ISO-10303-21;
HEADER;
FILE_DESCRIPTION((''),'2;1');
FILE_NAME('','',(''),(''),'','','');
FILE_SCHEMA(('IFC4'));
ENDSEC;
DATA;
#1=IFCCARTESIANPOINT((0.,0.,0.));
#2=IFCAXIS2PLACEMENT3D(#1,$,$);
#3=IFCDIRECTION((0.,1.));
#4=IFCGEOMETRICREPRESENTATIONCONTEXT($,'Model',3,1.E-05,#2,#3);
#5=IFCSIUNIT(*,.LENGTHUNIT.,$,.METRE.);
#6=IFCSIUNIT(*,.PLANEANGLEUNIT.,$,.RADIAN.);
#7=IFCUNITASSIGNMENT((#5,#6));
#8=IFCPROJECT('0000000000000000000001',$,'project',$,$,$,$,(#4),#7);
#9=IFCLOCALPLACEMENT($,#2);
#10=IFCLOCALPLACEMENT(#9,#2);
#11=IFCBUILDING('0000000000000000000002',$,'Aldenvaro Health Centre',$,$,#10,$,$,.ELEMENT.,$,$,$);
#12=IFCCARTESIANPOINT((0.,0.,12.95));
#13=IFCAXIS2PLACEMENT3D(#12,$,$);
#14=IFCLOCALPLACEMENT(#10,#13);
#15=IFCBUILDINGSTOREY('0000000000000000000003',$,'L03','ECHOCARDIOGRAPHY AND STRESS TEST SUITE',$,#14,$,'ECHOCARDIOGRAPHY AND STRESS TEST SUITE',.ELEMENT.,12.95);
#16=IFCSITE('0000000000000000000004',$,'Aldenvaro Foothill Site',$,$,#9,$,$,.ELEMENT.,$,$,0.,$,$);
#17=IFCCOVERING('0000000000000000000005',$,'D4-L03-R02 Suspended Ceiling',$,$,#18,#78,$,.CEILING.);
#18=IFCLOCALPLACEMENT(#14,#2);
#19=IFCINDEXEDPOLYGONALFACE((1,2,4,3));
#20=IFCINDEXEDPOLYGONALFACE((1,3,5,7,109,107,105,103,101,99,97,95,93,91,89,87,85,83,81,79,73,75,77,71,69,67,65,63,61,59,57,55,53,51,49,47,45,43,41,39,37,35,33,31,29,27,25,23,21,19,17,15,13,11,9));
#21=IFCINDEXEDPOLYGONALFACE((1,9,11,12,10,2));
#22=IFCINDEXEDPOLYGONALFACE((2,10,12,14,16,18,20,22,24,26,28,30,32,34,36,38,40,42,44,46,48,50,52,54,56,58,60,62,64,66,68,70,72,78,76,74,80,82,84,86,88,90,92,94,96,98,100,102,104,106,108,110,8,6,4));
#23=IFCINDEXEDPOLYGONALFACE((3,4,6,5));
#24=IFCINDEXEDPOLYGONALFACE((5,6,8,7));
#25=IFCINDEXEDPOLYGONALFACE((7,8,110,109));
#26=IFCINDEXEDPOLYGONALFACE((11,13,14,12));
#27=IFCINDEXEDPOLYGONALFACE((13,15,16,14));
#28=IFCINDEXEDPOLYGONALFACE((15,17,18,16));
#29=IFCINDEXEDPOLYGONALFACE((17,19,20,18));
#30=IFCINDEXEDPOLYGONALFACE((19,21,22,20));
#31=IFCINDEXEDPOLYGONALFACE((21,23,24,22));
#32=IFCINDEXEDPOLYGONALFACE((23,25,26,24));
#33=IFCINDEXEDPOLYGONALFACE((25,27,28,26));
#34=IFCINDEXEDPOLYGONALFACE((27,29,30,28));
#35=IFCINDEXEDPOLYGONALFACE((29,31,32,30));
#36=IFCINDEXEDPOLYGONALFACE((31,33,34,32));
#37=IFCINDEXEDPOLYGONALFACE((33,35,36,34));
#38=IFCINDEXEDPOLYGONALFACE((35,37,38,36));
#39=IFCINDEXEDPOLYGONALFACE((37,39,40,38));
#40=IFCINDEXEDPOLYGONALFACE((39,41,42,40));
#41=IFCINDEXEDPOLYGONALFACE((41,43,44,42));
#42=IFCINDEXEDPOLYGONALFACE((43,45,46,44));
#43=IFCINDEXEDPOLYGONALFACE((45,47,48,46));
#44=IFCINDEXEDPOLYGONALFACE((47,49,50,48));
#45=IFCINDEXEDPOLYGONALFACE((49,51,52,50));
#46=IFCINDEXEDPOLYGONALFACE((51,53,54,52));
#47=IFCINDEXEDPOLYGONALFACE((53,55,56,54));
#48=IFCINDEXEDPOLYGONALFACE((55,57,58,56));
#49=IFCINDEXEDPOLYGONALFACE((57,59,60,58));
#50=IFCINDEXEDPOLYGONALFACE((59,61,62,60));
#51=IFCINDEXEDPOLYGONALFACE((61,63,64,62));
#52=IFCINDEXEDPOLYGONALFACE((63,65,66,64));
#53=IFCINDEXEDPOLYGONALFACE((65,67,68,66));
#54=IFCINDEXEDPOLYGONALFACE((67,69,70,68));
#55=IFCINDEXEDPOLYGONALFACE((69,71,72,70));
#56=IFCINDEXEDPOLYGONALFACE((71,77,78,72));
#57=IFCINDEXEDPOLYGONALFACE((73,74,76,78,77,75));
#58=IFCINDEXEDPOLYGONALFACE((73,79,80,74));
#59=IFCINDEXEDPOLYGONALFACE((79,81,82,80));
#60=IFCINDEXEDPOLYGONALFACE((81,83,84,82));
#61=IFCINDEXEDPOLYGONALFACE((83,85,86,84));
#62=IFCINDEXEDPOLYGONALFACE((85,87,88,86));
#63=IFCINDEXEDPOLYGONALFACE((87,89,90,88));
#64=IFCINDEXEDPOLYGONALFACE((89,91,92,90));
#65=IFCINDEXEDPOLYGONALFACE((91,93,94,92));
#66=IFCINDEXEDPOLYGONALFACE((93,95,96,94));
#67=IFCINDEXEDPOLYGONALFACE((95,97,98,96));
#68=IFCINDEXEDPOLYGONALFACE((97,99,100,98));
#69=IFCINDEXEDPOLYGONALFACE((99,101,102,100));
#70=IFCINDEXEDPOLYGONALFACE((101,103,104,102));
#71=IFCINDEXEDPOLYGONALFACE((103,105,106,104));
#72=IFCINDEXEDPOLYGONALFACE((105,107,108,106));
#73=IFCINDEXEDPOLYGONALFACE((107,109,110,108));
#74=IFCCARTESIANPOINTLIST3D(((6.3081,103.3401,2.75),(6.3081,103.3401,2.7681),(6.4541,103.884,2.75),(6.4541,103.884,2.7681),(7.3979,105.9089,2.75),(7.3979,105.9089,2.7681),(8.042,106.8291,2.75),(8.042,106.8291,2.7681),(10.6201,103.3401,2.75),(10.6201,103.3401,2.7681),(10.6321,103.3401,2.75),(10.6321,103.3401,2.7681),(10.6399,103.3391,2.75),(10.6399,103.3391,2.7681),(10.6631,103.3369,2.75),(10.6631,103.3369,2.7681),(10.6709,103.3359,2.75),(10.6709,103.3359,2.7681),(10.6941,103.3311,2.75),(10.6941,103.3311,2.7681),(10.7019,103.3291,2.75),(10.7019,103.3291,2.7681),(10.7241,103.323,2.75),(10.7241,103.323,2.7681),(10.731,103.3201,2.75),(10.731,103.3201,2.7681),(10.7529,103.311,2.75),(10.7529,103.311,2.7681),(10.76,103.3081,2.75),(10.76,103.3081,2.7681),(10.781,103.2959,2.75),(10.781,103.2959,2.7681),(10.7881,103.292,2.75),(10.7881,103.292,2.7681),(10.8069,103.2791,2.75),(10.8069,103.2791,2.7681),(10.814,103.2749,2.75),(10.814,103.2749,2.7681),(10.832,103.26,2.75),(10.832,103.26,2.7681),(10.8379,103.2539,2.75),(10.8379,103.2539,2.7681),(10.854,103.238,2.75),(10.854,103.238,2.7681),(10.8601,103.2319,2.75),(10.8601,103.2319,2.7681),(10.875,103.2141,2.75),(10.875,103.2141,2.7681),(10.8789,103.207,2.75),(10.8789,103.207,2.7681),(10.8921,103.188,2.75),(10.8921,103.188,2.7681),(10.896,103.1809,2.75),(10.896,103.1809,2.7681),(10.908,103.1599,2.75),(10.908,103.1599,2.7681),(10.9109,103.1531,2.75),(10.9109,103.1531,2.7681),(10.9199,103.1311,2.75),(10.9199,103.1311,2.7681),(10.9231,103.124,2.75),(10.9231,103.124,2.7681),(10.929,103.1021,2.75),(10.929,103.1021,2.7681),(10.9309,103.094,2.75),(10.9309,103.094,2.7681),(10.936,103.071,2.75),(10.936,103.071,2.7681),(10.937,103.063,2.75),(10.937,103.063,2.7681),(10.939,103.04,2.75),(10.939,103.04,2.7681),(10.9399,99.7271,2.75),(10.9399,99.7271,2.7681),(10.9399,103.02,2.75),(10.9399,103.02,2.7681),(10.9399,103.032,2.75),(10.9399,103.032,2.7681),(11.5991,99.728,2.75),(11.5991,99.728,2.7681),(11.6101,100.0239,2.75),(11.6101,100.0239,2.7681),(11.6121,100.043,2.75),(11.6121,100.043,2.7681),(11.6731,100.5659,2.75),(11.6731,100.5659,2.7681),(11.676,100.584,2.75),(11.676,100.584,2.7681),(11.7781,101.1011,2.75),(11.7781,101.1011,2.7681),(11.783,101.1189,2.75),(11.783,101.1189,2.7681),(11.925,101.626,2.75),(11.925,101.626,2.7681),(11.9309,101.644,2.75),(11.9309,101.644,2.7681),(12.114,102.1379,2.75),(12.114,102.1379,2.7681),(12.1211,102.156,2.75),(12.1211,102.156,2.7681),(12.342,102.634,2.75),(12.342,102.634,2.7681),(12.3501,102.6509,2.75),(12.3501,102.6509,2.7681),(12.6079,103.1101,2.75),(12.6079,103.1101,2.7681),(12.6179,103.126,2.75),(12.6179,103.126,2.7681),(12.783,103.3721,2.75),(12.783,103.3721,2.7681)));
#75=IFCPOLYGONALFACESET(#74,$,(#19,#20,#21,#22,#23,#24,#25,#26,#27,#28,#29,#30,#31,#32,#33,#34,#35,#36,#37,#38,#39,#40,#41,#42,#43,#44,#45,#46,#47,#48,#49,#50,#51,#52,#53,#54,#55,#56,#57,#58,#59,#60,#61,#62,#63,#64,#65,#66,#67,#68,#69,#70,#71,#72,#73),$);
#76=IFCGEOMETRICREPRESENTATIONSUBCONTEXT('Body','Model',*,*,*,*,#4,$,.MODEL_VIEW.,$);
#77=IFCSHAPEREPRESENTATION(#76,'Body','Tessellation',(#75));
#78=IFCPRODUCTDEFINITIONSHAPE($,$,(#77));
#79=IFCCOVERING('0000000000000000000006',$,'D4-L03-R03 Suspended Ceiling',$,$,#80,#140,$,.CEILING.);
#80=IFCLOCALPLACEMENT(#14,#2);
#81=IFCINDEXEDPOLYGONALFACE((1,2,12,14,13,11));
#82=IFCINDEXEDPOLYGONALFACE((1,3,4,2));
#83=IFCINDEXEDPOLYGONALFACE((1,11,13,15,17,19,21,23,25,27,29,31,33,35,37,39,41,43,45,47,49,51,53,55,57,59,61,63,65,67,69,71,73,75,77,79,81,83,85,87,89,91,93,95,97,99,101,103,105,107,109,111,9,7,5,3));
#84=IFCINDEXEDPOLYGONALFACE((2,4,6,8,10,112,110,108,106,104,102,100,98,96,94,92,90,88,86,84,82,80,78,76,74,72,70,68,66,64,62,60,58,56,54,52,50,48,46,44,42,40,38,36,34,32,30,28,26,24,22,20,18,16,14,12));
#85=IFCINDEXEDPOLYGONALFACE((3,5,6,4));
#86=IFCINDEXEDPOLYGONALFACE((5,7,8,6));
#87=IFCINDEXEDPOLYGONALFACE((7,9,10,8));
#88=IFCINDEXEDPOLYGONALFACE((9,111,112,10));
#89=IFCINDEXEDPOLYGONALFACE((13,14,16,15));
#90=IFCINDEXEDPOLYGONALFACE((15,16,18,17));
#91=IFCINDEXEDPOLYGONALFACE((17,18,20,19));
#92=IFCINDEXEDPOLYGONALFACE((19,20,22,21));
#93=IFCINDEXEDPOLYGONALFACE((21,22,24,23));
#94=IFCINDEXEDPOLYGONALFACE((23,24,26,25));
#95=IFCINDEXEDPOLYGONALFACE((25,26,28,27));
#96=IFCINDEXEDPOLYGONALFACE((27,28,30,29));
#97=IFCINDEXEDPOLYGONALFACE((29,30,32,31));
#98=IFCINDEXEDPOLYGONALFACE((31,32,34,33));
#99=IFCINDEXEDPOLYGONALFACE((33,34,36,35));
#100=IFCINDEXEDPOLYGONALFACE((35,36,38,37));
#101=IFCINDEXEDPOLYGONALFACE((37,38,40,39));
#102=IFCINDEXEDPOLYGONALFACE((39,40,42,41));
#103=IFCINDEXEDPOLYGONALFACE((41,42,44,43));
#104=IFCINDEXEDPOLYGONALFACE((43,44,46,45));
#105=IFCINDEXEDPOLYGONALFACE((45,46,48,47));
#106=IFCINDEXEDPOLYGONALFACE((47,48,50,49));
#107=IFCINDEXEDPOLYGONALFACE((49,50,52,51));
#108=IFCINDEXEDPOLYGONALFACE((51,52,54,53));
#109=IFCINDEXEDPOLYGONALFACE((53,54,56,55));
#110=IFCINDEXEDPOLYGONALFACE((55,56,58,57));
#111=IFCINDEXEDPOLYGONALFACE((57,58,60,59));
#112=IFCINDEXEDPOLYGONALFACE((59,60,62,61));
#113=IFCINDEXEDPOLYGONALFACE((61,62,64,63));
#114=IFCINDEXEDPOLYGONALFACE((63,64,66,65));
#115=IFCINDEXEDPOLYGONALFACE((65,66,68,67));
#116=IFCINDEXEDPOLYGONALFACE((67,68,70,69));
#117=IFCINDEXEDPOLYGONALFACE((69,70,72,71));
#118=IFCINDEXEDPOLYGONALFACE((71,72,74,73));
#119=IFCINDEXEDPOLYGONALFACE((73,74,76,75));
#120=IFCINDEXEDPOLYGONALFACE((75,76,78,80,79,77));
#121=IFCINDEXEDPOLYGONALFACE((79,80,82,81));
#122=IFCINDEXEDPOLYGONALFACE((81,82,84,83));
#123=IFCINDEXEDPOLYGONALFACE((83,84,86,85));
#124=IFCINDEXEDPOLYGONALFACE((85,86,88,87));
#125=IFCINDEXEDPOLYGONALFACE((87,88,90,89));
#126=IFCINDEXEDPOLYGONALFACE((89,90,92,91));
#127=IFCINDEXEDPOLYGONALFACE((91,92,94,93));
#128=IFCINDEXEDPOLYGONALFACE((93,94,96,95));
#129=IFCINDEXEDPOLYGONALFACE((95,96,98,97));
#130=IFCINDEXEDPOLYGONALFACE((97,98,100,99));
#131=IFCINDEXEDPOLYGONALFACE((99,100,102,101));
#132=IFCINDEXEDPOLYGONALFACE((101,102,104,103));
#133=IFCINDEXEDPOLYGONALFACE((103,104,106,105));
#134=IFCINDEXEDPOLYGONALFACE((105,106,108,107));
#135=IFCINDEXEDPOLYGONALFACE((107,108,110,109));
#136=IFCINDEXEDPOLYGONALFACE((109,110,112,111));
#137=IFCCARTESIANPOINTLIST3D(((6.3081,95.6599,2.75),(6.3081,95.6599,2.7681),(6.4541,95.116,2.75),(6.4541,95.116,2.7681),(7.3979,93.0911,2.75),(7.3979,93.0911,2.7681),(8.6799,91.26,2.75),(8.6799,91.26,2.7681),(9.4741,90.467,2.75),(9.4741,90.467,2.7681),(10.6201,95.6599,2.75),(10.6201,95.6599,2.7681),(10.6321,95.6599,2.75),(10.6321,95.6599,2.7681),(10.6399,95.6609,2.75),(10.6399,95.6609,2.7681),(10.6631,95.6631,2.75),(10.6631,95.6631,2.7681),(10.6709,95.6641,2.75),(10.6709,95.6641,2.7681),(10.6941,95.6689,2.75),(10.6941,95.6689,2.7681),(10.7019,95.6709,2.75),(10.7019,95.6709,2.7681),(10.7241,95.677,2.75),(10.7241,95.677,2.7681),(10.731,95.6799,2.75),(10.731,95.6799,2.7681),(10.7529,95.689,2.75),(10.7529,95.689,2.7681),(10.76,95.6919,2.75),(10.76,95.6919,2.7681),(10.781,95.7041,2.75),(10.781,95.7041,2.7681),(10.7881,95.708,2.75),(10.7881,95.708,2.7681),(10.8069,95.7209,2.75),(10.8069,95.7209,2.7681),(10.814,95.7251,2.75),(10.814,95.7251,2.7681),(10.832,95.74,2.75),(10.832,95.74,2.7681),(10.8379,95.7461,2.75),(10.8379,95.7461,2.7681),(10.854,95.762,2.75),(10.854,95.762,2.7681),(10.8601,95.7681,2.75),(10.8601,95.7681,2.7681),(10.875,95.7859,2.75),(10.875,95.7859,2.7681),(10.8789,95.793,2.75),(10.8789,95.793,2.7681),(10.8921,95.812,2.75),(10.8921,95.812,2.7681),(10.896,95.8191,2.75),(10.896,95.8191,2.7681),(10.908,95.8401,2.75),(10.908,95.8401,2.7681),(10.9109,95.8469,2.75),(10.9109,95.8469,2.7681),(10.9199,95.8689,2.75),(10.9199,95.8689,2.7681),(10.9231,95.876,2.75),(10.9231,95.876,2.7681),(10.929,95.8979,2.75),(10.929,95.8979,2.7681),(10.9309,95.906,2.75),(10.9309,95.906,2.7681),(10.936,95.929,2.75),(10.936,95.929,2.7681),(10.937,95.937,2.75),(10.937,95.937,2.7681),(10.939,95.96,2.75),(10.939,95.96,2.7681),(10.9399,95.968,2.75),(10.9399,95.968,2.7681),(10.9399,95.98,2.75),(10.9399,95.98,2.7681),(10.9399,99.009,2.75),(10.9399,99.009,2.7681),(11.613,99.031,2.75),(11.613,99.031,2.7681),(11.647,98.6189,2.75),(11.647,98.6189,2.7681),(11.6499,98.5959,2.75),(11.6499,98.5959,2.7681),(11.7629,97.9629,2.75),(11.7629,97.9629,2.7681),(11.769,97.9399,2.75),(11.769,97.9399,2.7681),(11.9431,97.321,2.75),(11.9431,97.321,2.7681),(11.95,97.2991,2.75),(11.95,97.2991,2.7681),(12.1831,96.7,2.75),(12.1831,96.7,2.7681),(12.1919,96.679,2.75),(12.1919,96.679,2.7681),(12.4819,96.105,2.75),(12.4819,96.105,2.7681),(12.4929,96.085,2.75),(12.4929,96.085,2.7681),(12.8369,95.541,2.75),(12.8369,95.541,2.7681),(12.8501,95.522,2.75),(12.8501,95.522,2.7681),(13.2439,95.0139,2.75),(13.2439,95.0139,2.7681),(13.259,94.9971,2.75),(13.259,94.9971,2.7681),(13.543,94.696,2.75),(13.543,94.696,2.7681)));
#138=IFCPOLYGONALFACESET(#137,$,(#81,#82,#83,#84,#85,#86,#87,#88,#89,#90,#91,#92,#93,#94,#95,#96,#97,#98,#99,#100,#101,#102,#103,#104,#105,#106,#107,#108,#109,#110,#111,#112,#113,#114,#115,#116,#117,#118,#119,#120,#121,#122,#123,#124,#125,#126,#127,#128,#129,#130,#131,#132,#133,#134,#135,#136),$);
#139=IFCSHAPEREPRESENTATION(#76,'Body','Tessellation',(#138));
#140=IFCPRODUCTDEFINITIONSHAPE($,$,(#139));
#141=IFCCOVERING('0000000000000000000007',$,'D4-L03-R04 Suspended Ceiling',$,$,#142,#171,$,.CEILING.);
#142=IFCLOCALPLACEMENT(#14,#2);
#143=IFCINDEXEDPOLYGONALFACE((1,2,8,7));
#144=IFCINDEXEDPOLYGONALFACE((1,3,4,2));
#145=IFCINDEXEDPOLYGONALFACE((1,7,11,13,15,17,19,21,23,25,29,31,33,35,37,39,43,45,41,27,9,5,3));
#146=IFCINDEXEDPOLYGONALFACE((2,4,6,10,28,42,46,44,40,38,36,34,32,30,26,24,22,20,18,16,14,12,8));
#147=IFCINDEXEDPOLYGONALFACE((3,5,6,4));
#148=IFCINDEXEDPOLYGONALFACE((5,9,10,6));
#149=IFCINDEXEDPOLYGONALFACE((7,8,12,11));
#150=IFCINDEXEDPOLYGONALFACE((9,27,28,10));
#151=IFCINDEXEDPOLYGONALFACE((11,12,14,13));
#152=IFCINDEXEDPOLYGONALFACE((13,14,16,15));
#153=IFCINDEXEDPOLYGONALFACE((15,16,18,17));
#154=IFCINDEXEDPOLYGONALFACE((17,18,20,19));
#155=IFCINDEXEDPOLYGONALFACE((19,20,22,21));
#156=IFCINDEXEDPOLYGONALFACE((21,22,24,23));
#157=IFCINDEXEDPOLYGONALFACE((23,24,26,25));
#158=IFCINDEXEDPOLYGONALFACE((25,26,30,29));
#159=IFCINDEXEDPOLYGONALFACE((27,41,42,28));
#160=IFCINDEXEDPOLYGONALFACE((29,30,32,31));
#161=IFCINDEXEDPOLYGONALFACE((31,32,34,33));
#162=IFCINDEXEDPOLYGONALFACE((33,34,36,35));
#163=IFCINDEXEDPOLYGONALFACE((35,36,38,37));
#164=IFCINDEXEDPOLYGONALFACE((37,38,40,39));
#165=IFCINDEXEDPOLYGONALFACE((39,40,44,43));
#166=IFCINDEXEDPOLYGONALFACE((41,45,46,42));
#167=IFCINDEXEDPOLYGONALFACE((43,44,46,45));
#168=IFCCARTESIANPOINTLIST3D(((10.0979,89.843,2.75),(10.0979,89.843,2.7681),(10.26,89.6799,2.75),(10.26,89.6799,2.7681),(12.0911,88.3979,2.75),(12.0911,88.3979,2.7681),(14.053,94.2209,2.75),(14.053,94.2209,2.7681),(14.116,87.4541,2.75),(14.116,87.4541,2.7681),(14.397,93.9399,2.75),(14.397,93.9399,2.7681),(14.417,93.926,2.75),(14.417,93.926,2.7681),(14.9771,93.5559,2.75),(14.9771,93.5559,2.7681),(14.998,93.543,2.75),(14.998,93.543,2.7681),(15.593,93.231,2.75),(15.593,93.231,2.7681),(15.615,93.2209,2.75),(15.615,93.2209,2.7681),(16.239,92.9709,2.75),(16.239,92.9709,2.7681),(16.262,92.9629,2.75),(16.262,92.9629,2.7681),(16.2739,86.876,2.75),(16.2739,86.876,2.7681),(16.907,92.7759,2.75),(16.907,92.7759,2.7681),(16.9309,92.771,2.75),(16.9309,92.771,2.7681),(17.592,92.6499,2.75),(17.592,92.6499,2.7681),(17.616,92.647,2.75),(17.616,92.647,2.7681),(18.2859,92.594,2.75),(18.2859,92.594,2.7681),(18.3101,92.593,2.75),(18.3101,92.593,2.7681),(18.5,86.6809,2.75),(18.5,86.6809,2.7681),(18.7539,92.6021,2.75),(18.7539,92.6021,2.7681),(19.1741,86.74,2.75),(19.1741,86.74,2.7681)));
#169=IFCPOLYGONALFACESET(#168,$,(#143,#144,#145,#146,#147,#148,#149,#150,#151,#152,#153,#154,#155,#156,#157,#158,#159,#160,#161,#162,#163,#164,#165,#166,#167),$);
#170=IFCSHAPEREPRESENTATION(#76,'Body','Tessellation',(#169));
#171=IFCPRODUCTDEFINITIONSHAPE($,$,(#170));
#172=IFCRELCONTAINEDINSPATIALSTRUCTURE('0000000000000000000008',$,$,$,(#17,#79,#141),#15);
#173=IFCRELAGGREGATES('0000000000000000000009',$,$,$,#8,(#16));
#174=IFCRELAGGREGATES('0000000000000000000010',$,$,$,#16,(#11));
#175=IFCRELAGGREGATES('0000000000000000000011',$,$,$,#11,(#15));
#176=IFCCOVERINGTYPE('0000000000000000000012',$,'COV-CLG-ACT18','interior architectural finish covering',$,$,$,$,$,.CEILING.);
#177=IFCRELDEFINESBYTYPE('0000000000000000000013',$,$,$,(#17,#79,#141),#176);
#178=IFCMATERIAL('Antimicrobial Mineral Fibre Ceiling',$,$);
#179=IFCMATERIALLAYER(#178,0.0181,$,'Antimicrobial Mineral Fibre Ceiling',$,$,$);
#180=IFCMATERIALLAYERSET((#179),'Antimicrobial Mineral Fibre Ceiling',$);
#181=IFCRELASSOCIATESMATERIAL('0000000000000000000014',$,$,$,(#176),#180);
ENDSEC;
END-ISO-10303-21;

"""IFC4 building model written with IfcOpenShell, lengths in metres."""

from ifc_helpers import new_model, si_unit, direction, frame, origin, place, context, subcontext, project, spatial, polyline, outline, extrude, material, layer, layer_set, type_object, element, save


model = new_model("IFC4")

# Units and contexts
model_context = context("Model", 3, precision=1e-05, world=origin(), true_north=direction((0.0, 1.0)))
body_context = subcontext(model_context, "Body", "Model", "MODEL_VIEW")
ifc_project = project(units=[si_unit("LENGTHUNIT", "METRE"), si_unit("PLANEANGLEUNIT", "RADIAN")], contexts=[model_context])

# Site, building, storey
site_placement = place(None, origin())
site = spatial("IfcSite", under=ifc_project, at=site_placement, Name="Aldenvaro Foothill Site", CompositionType="ELEMENT", RefElevation=0.0)
building_placement = place(site_placement, origin())
building = spatial("IfcBuilding", under=site, at=building_placement, Name="Aldenvaro Health Centre", CompositionType="ELEMENT")
storey_placement = place(building_placement, frame((0.0, 0.0, 12.95)))
storey = spatial("IfcBuildingStorey", under=building, at=storey_placement, Name="L03", Description="ECHOCARDIOGRAPHY AND STRESS TEST SUITE", LongName="ECHOCARDIOGRAPHY AND STRESS TEST SUITE", CompositionType="ELEMENT", Elevation=12.95)

# Coverings
ifc_material_1 = material(Name="Antimicrobial Mineral Fibre Ceiling")
ifc_layer_1 = layer(ifc_material_1, 0.0181, Name="Antimicrobial Mineral Fibre Ceiling")
ifc_layer_set_1 = layer_set([ifc_layer_1], Name="Antimicrobial Mineral Fibre Ceiling")
covering_type_1 = type_object("IfcCoveringType", Name="COV-CLG-ACT18", Description="interior architectural finish covering", PredefinedType="CEILING", material=ifc_layer_set_1)
covering_1_placement = place(storey_placement, frame((0.0, 0.0, 2.75)))
element("IfcCovering", 1, at=covering_1_placement, inside=storey, type_object=covering_type_1, Name="D4-L03-R02 Suspended Ceiling", PredefinedType="CEILING", context=body_context, shape_type="SweptSolid", body=[
    extrude(outline(polyline([(12.6179, 103.126), (12.6079, 103.1101), (12.3501, 102.6509), (12.342, 102.634), (12.1211, 102.156), (12.114, 102.1379), (11.9309, 101.644), (11.925, 101.626), (11.783, 101.1189), (11.7781, 101.1011), (11.676, 100.584), (11.6731, 100.5659), (11.6121, 100.043), (11.6101, 100.0239), (11.5991, 99.728), (10.9399, 99.7271), (10.9399, 103.02), (10.9399, 103.032), (10.939, 103.04), (10.937, 103.063), (10.936, 103.071), (10.9309, 103.094), (10.929, 103.1021), (10.9231, 103.124), (10.9199, 103.1311), (10.9109, 103.1531), (10.908, 103.1599), (10.896, 103.1809), (10.8921, 103.188), (10.8789, 103.207), (10.875, 103.2141), (10.8601, 103.2319), (10.854, 103.238), (10.8379, 103.2539), (10.832, 103.26), (10.814, 103.2749), (10.8069, 103.2791), (10.7881, 103.292), (10.781, 103.2959), (10.76, 103.3081), (10.7529, 103.311), (10.731, 103.3201), (10.7241, 103.323), (10.7019, 103.3291), (10.6941, 103.3311), (10.6709, 103.3359), (10.6631, 103.3369), (10.6399, 103.3391), (10.6321, 103.3401), (10.6201, 103.3401), (6.3081, 103.3401), (6.4541, 103.884), (7.3979, 105.9089), (8.042, 106.8291), (12.783, 103.3721), (12.6179, 103.126)])), origin(), (0.0, 0.0, 1.0), 0.0181),
])
covering_2_placement = place(storey_placement, frame((0.0, 0.0, 2.75)))
element("IfcCovering", 2, at=covering_2_placement, inside=storey, type_object=covering_type_1, Name="D4-L03-R03 Suspended Ceiling", PredefinedType="CEILING", context=body_context, shape_type="SweptSolid", body=[
    extrude(outline(polyline([(11.647, 98.6189), (11.6499, 98.5959), (11.7629, 97.9629), (11.769, 97.9399), (11.9431, 97.321), (11.95, 97.2991), (12.1831, 96.7), (12.1919, 96.679), (12.4819, 96.105), (12.4929, 96.085), (12.8369, 95.541), (12.8501, 95.522), (13.2439, 95.0139), (13.259, 94.9971), (13.543, 94.696), (9.4741, 90.467), (8.6799, 91.26), (7.3979, 93.0911), (6.4541, 95.116), (6.3081, 95.6599), (10.6201, 95.6599), (10.6321, 95.6599), (10.6399, 95.6609), (10.6631, 95.6631), (10.6709, 95.6641), (10.6941, 95.6689), (10.7019, 95.6709), (10.7241, 95.677), (10.731, 95.6799), (10.7529, 95.689), (10.76, 95.6919), (10.781, 95.7041), (10.7881, 95.708), (10.8069, 95.7209), (10.814, 95.7251), (10.832, 95.74), (10.8379, 95.7461), (10.854, 95.762), (10.8601, 95.7681), (10.875, 95.7859), (10.8789, 95.793), (10.8921, 95.812), (10.896, 95.8191), (10.908, 95.8401), (10.9109, 95.8469), (10.9199, 95.8689), (10.9231, 95.876), (10.929, 95.8979), (10.9309, 95.906), (10.936, 95.929), (10.937, 95.937), (10.939, 95.96), (10.9399, 95.968), (10.9399, 95.98), (10.9399, 99.009), (11.613, 99.031), (11.647, 98.6189)])), origin(), (0.0, 0.0, 1.0), 0.0181),
])
covering_3_placement = place(storey_placement, frame((0.0, 0.0, 2.75)))
element("IfcCovering", 3, at=covering_3_placement, inside=storey, type_object=covering_type_1, Name="D4-L03-R04 Suspended Ceiling", PredefinedType="CEILING", context=body_context, shape_type="SweptSolid", body=[
    extrude(outline(polyline([(14.397, 93.9399), (14.417, 93.926), (14.9771, 93.5559), (14.998, 93.543), (15.593, 93.231), (15.615, 93.2209), (16.239, 92.9709), (16.262, 92.9629), (16.907, 92.7759), (16.9309, 92.771), (17.592, 92.6499), (17.616, 92.647), (18.2859, 92.594), (18.3101, 92.593), (18.7539, 92.6021), (19.1741, 86.74), (18.5, 86.6809), (16.2739, 86.876), (14.116, 87.4541), (12.0911, 88.3979), (10.26, 89.6799), (10.0979, 89.843), (14.053, 94.2209), (14.397, 93.9399)])), origin(), (0.0, 0.0, 1.0), 0.0181),
])

save(model, "model.ifc")
